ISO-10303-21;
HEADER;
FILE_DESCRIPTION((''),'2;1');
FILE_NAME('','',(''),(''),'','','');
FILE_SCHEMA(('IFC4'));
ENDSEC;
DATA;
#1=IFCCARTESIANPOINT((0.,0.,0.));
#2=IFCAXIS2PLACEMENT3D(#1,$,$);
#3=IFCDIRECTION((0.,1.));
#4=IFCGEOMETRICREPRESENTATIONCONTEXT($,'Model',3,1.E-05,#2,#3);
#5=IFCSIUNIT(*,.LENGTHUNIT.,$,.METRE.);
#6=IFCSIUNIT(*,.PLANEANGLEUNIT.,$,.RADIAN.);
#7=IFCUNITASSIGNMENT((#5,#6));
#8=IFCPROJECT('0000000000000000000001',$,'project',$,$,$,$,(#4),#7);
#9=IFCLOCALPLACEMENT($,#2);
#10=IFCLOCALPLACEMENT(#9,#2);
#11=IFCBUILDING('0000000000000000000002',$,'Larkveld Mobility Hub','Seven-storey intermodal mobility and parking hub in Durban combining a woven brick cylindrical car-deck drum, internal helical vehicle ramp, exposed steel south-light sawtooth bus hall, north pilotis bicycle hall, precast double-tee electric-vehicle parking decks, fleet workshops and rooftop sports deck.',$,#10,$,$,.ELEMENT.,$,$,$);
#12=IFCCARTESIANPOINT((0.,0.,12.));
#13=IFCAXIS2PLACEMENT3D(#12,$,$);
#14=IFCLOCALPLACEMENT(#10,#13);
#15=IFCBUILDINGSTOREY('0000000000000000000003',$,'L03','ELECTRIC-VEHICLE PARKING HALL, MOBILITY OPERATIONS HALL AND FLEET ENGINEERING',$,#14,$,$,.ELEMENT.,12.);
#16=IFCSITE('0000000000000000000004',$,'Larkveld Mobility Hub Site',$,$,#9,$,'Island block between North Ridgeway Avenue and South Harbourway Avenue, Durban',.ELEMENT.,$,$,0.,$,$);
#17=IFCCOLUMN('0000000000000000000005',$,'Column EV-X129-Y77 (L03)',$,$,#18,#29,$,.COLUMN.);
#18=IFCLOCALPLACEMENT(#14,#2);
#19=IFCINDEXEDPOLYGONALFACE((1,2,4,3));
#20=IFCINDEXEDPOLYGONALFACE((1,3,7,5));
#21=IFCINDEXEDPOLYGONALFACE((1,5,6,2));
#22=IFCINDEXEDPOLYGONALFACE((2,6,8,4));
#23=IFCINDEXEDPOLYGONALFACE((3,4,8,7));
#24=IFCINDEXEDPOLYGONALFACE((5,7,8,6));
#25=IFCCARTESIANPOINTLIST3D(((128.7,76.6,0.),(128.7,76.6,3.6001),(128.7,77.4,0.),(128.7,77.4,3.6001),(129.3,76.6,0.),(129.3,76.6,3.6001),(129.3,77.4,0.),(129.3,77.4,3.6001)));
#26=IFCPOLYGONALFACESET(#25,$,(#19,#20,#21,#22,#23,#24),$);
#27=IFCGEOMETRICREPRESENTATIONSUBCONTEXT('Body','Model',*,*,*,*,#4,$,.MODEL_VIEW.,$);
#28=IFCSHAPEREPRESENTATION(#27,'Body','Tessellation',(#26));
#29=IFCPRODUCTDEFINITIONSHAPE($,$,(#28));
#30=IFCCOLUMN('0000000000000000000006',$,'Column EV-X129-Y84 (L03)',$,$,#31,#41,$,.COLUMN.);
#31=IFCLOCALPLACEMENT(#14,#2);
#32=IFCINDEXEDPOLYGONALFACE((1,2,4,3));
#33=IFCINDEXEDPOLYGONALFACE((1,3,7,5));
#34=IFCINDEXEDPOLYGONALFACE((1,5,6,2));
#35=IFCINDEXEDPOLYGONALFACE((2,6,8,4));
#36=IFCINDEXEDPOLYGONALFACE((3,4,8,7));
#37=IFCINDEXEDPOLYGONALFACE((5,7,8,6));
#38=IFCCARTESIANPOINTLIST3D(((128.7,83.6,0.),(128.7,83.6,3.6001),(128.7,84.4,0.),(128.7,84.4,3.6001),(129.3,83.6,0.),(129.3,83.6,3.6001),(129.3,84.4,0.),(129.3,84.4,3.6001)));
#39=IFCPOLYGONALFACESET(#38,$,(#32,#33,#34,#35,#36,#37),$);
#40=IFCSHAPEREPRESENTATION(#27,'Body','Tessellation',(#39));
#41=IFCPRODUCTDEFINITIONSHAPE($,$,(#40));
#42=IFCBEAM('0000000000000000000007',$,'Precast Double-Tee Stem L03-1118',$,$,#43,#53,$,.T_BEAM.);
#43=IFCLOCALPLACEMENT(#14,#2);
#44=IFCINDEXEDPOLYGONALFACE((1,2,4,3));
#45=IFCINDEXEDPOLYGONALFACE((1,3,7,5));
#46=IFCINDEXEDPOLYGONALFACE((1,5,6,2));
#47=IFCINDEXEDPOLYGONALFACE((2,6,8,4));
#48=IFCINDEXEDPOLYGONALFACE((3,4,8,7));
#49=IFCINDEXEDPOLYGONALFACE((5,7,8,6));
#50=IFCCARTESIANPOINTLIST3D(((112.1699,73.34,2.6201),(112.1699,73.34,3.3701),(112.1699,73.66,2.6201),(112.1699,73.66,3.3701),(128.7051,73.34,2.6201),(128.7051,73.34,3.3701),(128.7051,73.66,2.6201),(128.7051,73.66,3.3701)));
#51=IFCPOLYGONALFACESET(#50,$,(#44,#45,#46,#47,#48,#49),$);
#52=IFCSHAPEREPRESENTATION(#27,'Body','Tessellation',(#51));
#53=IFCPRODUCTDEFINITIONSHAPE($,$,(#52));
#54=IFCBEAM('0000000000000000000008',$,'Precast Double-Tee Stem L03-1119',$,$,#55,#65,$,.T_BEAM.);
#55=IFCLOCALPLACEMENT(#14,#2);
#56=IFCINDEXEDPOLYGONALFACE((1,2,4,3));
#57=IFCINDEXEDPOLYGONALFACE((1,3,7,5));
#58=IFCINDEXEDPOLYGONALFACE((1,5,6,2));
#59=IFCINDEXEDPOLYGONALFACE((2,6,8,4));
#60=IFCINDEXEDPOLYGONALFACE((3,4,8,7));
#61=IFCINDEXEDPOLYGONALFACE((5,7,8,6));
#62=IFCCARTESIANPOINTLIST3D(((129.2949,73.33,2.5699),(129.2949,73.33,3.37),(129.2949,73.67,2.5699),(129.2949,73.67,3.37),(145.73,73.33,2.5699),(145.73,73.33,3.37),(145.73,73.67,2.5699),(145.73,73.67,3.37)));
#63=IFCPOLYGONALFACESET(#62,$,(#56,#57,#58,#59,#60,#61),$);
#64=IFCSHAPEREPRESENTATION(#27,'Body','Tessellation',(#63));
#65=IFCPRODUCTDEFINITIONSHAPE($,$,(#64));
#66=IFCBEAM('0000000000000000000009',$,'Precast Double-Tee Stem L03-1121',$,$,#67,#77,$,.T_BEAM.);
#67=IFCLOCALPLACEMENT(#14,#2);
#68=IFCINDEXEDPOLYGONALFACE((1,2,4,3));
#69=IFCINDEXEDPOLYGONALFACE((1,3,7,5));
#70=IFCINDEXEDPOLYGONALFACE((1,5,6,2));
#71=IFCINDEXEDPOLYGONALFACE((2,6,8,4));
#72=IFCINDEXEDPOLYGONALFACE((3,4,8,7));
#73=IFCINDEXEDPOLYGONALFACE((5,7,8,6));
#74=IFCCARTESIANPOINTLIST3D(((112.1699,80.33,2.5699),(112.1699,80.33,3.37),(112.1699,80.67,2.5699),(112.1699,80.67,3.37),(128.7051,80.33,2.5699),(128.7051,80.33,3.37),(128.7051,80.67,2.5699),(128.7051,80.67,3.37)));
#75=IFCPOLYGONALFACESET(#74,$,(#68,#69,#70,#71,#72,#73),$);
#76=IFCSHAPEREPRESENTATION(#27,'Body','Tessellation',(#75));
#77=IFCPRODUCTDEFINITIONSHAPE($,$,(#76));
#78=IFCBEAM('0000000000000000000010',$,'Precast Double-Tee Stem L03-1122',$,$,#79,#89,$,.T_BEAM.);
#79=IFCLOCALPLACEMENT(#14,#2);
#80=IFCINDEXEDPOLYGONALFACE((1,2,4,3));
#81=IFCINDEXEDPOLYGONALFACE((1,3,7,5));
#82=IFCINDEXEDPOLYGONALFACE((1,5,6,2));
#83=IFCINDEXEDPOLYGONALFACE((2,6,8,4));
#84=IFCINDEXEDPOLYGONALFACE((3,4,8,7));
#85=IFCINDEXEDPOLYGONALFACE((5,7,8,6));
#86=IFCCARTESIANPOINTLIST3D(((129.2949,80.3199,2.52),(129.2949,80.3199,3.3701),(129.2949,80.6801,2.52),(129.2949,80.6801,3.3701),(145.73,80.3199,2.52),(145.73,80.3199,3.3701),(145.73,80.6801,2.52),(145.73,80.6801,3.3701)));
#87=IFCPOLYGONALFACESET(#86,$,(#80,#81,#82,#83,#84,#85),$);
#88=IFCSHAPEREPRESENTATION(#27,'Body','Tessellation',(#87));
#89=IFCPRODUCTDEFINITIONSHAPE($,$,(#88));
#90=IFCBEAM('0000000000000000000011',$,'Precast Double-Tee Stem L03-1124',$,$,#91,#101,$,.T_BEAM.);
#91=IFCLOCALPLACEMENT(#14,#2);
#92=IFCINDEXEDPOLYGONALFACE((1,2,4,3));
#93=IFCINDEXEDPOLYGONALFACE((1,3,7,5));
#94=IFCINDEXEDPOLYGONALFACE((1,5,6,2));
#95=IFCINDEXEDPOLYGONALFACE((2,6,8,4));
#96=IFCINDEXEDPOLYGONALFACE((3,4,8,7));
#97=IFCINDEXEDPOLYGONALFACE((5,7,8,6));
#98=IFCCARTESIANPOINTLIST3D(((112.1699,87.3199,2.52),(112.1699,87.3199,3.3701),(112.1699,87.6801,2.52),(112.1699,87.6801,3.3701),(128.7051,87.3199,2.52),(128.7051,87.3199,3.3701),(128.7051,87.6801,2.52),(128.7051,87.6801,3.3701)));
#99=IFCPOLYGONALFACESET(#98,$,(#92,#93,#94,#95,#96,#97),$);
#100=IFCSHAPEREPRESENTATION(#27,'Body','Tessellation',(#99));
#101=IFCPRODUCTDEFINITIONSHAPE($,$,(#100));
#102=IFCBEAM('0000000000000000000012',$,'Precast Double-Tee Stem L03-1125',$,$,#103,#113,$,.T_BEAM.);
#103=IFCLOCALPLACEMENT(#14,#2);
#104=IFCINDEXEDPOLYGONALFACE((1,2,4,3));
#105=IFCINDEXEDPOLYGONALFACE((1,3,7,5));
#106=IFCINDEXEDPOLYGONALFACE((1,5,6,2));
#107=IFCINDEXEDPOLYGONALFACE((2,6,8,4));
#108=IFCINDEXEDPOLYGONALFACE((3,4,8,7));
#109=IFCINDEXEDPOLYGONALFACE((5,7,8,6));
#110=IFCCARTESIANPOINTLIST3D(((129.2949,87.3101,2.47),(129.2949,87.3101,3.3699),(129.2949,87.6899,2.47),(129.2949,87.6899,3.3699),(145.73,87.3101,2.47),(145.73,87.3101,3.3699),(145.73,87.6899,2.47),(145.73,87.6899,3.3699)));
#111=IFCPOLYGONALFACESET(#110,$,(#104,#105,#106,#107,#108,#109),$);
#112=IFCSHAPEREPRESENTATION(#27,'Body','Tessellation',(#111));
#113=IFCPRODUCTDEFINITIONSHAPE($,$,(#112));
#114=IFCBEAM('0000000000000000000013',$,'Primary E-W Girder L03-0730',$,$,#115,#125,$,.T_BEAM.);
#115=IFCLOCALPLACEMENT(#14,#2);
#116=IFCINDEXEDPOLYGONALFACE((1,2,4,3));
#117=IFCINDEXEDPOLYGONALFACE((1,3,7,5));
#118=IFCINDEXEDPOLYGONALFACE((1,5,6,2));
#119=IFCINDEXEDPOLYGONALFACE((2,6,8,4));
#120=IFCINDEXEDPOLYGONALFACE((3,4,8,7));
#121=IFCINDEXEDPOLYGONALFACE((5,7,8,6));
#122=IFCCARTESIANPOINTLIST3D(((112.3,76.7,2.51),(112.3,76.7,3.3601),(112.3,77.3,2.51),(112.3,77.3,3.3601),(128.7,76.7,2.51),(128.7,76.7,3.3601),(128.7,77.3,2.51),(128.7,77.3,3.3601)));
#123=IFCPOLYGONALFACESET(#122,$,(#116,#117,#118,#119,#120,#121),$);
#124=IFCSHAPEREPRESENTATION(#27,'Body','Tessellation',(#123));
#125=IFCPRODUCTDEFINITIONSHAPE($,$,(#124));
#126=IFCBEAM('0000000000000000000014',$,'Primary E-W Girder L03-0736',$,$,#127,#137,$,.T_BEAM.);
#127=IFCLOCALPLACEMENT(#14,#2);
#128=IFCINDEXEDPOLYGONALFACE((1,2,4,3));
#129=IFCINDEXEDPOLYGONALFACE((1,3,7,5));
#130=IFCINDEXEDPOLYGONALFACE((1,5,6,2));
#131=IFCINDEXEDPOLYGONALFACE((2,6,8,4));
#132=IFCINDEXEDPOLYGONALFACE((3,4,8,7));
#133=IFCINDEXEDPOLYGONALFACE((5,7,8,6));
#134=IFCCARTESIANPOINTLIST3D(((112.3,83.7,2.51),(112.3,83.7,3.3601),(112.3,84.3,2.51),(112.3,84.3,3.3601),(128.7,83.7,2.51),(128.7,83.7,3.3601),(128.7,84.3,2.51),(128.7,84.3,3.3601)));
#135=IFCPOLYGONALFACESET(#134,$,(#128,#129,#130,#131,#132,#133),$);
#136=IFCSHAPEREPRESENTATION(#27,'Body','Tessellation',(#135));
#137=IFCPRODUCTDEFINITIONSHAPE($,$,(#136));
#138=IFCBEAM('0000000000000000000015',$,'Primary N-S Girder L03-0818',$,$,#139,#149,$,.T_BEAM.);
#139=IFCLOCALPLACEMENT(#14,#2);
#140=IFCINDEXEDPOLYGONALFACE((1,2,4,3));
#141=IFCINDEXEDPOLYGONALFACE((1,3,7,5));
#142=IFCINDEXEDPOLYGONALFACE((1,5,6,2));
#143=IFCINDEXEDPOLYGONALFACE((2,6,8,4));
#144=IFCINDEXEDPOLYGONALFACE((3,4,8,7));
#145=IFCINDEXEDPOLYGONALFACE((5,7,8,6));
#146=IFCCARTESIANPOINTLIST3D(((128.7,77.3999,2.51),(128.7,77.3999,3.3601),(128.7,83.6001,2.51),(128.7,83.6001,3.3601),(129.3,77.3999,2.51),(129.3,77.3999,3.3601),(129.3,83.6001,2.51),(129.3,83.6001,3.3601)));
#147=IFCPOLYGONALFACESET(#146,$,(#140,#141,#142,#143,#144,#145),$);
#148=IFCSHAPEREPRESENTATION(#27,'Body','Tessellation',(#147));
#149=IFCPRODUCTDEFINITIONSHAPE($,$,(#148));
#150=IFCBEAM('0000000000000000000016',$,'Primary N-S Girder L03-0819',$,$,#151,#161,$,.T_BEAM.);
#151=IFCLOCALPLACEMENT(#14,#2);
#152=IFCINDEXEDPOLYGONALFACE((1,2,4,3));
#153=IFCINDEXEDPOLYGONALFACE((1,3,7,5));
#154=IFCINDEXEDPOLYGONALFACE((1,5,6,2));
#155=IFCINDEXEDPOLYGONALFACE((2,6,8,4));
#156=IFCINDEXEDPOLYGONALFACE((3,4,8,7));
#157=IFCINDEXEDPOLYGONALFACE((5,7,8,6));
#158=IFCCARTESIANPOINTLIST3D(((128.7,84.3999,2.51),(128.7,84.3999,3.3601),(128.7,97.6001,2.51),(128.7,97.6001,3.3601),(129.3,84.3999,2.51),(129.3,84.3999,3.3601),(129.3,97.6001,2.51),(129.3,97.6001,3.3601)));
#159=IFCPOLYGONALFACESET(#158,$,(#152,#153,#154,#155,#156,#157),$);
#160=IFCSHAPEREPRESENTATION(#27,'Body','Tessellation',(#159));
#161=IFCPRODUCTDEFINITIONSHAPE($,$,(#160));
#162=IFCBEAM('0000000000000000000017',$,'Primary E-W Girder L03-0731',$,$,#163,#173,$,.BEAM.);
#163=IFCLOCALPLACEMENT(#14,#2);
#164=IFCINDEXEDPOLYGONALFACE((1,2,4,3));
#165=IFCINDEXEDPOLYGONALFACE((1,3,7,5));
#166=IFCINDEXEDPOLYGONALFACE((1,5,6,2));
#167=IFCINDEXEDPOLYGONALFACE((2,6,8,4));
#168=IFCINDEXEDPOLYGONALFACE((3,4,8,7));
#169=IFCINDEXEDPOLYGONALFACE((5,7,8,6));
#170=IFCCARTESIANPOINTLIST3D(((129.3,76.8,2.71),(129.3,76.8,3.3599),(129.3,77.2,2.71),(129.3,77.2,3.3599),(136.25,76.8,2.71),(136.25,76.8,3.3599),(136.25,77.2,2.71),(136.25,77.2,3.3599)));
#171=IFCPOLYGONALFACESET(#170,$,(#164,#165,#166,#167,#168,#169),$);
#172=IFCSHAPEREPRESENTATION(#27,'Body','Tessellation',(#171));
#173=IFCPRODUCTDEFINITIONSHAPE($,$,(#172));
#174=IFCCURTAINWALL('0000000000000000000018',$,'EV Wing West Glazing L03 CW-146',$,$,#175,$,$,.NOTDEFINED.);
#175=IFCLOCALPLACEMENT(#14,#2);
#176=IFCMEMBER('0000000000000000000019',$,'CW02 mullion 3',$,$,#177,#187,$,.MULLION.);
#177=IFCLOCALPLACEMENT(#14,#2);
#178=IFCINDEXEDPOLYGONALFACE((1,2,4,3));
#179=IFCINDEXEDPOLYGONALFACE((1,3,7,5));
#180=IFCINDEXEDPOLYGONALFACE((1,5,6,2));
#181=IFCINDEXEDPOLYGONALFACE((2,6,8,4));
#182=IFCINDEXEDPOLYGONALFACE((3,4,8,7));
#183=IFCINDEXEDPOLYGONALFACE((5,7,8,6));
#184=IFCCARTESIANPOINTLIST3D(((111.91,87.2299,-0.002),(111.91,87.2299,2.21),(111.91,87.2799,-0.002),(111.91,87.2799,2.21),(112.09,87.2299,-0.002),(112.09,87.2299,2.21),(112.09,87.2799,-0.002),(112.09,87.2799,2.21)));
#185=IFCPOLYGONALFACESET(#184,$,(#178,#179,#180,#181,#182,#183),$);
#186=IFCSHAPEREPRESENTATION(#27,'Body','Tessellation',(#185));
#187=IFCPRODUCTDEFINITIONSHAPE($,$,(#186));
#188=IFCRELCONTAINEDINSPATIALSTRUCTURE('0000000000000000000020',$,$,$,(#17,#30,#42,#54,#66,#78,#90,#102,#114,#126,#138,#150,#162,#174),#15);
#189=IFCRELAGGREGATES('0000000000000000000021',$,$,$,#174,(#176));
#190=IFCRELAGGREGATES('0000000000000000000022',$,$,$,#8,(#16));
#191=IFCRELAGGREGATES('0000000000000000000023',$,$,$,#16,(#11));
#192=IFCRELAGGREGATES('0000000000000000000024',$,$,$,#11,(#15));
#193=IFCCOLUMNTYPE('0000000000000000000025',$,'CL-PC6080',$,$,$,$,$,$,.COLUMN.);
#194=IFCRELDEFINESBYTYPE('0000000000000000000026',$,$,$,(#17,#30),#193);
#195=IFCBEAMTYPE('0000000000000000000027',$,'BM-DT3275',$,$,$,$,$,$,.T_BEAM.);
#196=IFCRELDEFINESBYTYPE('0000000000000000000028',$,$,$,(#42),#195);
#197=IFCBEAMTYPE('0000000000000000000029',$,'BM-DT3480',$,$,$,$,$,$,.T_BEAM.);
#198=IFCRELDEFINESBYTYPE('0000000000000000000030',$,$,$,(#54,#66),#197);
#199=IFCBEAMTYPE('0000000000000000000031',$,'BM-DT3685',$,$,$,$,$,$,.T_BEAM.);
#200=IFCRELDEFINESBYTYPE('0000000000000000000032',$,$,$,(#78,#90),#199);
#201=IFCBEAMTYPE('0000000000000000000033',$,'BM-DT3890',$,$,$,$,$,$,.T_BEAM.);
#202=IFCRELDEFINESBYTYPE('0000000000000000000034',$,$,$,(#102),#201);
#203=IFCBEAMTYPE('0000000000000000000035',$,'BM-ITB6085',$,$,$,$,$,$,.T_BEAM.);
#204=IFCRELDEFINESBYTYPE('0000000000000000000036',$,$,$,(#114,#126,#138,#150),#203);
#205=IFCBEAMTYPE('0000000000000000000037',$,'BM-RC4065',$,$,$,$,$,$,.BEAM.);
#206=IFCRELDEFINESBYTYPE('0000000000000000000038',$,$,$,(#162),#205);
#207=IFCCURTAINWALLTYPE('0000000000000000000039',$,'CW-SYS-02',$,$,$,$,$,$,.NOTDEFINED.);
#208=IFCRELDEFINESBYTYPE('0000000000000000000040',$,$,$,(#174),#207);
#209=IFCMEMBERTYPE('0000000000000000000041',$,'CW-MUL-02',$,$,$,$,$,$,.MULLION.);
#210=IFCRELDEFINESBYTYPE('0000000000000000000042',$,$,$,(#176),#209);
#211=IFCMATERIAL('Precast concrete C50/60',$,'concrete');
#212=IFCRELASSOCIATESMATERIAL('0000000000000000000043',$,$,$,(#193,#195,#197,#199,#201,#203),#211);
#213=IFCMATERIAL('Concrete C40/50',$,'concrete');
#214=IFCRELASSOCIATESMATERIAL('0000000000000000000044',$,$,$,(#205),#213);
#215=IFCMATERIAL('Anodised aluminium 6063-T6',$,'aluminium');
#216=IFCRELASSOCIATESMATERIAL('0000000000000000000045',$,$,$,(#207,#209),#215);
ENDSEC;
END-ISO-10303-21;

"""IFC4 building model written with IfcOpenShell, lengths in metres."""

from ifc_helpers import new_model, si_unit, direction, frame, origin, origin_2d, place, context, subcontext, project, spatial, rectangle, extrude, material, material_profile, profile_set, type_object, element, aggregate, save


model = new_model("IFC4")

# Units and contexts
model_context = context("Model", 3, precision=1e-05, world=origin(), true_north=direction((0.0, 1.0)))
body_context = subcontext(model_context, "Body", "Model", "MODEL_VIEW")
ifc_project = project(units=[si_unit("LENGTHUNIT", "METRE"), si_unit("PLANEANGLEUNIT", "RADIAN")], contexts=[model_context])

# Site, building, storey
site_placement = place(None, origin())
site = spatial("IfcSite", under=ifc_project, at=site_placement, Name="Larkveld Mobility Hub Site", LongName="Island block between North Ridgeway Avenue and South Harbourway Avenue, Durban", CompositionType="ELEMENT", RefElevation=0.0)
building_placement = place(site_placement, origin())
building = spatial("IfcBuilding", under=site, at=building_placement, Name="Larkveld Mobility Hub", Description="Seven-storey intermodal mobility and parking hub in Durban combining a woven brick cylindrical car-deck drum, internal helical vehicle ramp, exposed steel south-light sawtooth bus hall, north pilotis bicycle hall, precast double-tee electric-vehicle parking decks, fleet workshops and rooftop sports deck.", CompositionType="ELEMENT")
storey_placement = place(building_placement, frame((0.0, 0.0, 12.0)))
storey = spatial("IfcBuildingStorey", under=building, at=storey_placement, Name="L03", Description="ELECTRIC-VEHICLE PARKING HALL, MOBILITY OPERATIONS HALL AND FLEET ENGINEERING", CompositionType="ELEMENT", Elevation=12.0)

# Columns
ifc_material_1 = material(Name="Precast concrete C50/60", Category="concrete")
ifc_material_profile_1 = material_profile(ifc_material_1, rectangle(XDim=0.6001, YDim=0.8, at=origin_2d()), Name="RC COL 600x800")
ifc_profile_set_1 = profile_set([ifc_material_profile_1], Name="Precast concrete C50/60")
column_type = type_object("IfcColumnType", Name="CL-PC6080", PredefinedType="COLUMN", material=ifc_profile_set_1)
for number, where, z_axis, x_axis, name in (
    (1, (129.0, 77.0, 0.0), (0.0, 0.0, 1.0), (1.0, 0.0, 0.0), "Column EV-X129-Y77 (L03)"),
    (2, (129.0, 84.0, 0.0), (0.0, 0.0, 1.0), (1.0, 0.0, 0.0), "Column EV-X129-Y84 (L03)"),
):
    element("IfcColumn", number, at=place(storey_placement, frame(where, z_axis=z_axis, x_axis=x_axis)), inside=storey, type_object=column_type, Name=name, PredefinedType="COLUMN", context=body_context, shape_type="SweptSolid", body=[
        extrude(rectangle(XDim=0.6001, YDim=0.8, at=origin_2d()), origin(), (0.0, 0.0, 1.0), 3.6001),
    ])

# Beams
ifc_material_profile_2 = material_profile(ifc_material_1, rectangle(XDim=0.3201, YDim=0.75, at=origin_2d()), Name="PC DT 320x750")
ifc_profile_set_2 = profile_set([ifc_material_profile_2], Name="Precast concrete C50/60")
beam_type_1 = type_object("IfcBeamType", Name="BM-DT3275", PredefinedType="T_BEAM", material=ifc_profile_set_2)
beam_1_placement = place(storey_placement, frame((112.1699, 73.5, 2.9951), z_axis=(1.0, 0.0, 0.0), x_axis=(0.0, 1.0, 0.0)))
element("IfcBeam", 3, at=beam_1_placement, inside=storey, type_object=beam_type_1, Name="Precast Double-Tee Stem L03-1118", PredefinedType="T_BEAM", context=body_context, shape_type="SweptSolid", body=[
    extrude(rectangle(XDim=0.3201, YDim=0.75, at=origin_2d()), origin(), (0.0, 0.0, 1.0), 16.5352),
])
ifc_material_profile_3 = material_profile(ifc_material_1, rectangle(XDim=0.3401, YDim=0.8, at=origin_2d()), Name="PC DT 340x800")
ifc_profile_set_3 = profile_set([ifc_material_profile_3], Name="Precast concrete C50/60")
beam_type_2 = type_object("IfcBeamType", Name="BM-DT3480", PredefinedType="T_BEAM", material=ifc_profile_set_3)
beam_2_placement = place(storey_placement, frame((129.2949, 73.5, 2.97), z_axis=(1.0, 0.0, 0.0), x_axis=(0.0, 1.0, 0.0)))
element("IfcBeam", 4, at=beam_2_placement, inside=storey, type_object=beam_type_2, Name="Precast Double-Tee Stem L03-1119", PredefinedType="T_BEAM", context=body_context, shape_type="SweptSolid", body=[
    extrude(rectangle(XDim=0.3401, YDim=0.8, at=origin_2d()), origin(), (0.0, 0.0, 1.0), 16.4351),
])
beam_3_placement = place(storey_placement, frame((112.1699, 80.5, 2.97), z_axis=(1.0, 0.0, 0.0), x_axis=(0.0, 1.0, 0.0)))
element("IfcBeam", 5, at=beam_3_placement, inside=storey, type_object=beam_type_2, Name="Precast Double-Tee Stem L03-1121", PredefinedType="T_BEAM", context=body_context, shape_type="SweptSolid", body=[
    extrude(rectangle(XDim=0.3401, YDim=0.8, at=origin_2d()), origin(), (0.0, 0.0, 1.0), 16.5352),
])
ifc_material_profile_4 = material_profile(ifc_material_1, rectangle(XDim=0.3601, YDim=0.8501, at=origin_2d()), Name="PC DT 360x850")
ifc_profile_set_4 = profile_set([ifc_material_profile_4], Name="Precast concrete C50/60")
beam_type_3 = type_object("IfcBeamType", Name="BM-DT3685", PredefinedType="T_BEAM", material=ifc_profile_set_4)
beam_4_placement = place(storey_placement, frame((129.2949, 80.5, 2.9451), z_axis=(1.0, 0.0, 0.0), x_axis=(0.0, 1.0, 0.0)))
element("IfcBeam", 6, at=beam_4_placement, inside=storey, type_object=beam_type_3, Name="Precast Double-Tee Stem L03-1122", PredefinedType="T_BEAM", context=body_context, shape_type="SweptSolid", body=[
    extrude(rectangle(XDim=0.3601, YDim=0.8501, at=origin_2d()), origin(), (0.0, 0.0, 1.0), 16.4351),
])
beam_5_placement = place(storey_placement, frame((112.1699, 87.5, 2.9451), z_axis=(1.0, 0.0, 0.0), x_axis=(0.0, 1.0, 0.0)))
element("IfcBeam", 7, at=beam_5_placement, inside=storey, type_object=beam_type_3, Name="Precast Double-Tee Stem L03-1124", PredefinedType="T_BEAM", context=body_context, shape_type="SweptSolid", body=[
    extrude(rectangle(XDim=0.3601, YDim=0.8501, at=origin_2d()), origin(), (0.0, 0.0, 1.0), 16.5352),
])
ifc_material_profile_5 = material_profile(ifc_material_1, rectangle(XDim=0.3799, YDim=0.8999, at=origin_2d()), Name="PC DT 380x900")
ifc_profile_set_5 = profile_set([ifc_material_profile_5], Name="Precast concrete C50/60")
beam_type_4 = type_object("IfcBeamType", Name="BM-DT3890", PredefinedType="T_BEAM", material=ifc_profile_set_5)
beam_6_placement = place(storey_placement, frame((129.2949, 87.5, 2.9199), z_axis=(1.0, 0.0, 0.0), x_axis=(0.0, 1.0, 0.0)))
element("IfcBeam", 8, at=beam_6_placement, inside=storey, type_object=beam_type_4, Name="Precast Double-Tee Stem L03-1125", PredefinedType="T_BEAM", context=body_context, shape_type="SweptSolid", body=[
    extrude(rectangle(XDim=0.3799, YDim=0.8999, at=origin_2d()), origin(), (0.0, 0.0, 1.0), 16.4351),
])
ifc_material_profile_6 = material_profile(ifc_material_1, rectangle(XDim=0.6001, YDim=0.8501, at=origin_2d()), Name="PC ITB 600x850")
ifc_profile_set_6 = profile_set([ifc_material_profile_6], Name="Precast concrete C50/60")
beam_type_5 = type_object("IfcBeamType", Name="BM-ITB6085", PredefinedType="T_BEAM", material=ifc_profile_set_6)
for number, where, z_axis, x_axis, name in (
    (9, (112.3, 77.0, 2.9351), (1.0, 0.0, 0.0), (0.0, 1.0, 0.0), "Primary E-W Girder L03-0730"),
    (10, (112.3, 84.0, 2.9351), (1.0, 0.0, 0.0), (0.0, 1.0, 0.0), "Primary E-W Girder L03-0736"),
):
    element("IfcBeam", number, at=place(storey_placement, frame(where, z_axis=z_axis, x_axis=x_axis)), inside=storey, type_object=beam_type_5, Name=name, PredefinedType="T_BEAM", context=body_context, shape_type="SweptSolid", body=[
        extrude(rectangle(XDim=0.6001, YDim=0.8501, at=origin_2d()), origin(), (0.0, 0.0, 1.0), 16.3999),
    ])
beam_7_placement = place(storey_placement, frame((129.0, 77.3999, 2.9351), z_axis=(0.0, 1.0, 0.0), x_axis=(-1.0, 0.0, 0.0)))
element("IfcBeam", 11, at=beam_7_placement, inside=storey, type_object=beam_type_5, Name="Primary N-S Girder L03-0818", PredefinedType="T_BEAM", context=body_context, shape_type="SweptSolid", body=[
    extrude(rectangle(XDim=0.6001, YDim=0.8501, at=origin_2d()), origin(), (0.0, 0.0, 1.0), 6.2002),
])
beam_8_placement = place(storey_placement, frame((129.0, 84.3999, 2.9351), z_axis=(0.0, 1.0, 0.0), x_axis=(-1.0, 0.0, 0.0)))
element("IfcBeam", 12, at=beam_8_placement, inside=storey, type_object=beam_type_5, Name="Primary N-S Girder L03-0819", PredefinedType="T_BEAM", context=body_context, shape_type="SweptSolid", body=[
    extrude(rectangle(XDim=0.6001, YDim=0.8501, at=origin_2d()), origin(), (0.0, 0.0, 1.0), 13.2002),
])
ifc_material_2 = material(Name="Concrete C40/50", Category="concrete")
ifc_material_profile_7 = material_profile(ifc_material_2, rectangle(XDim=0.3999, YDim=0.6499, at=origin_2d()), Name="RC BM 400x650")
ifc_profile_set_7 = profile_set([ifc_material_profile_7], Name="Concrete C40/50")
beam_type_6 = type_object("IfcBeamType", Name="BM-RC4065", PredefinedType="BEAM", material=ifc_profile_set_7)
beam_9_placement = place(storey_placement, frame((129.3, 77.0, 3.0349), z_axis=(1.0, 0.0, 0.0), x_axis=(0.0, 1.0, 0.0)))
element("IfcBeam", 13, at=beam_9_placement, inside=storey, type_object=beam_type_6, Name="Primary E-W Girder L03-0731", PredefinedType="BEAM", context=body_context, shape_type="SweptSolid", body=[
    extrude(rectangle(XDim=0.3999, YDim=0.6499, at=origin_2d()), origin(), (0.0, 0.0, 1.0), 6.95),
])

# Curtain wall, member
ifc_material_3 = material(Name="Anodised aluminium 6063-T6", Category="aluminium")
curtain_wall_type = type_object("IfcCurtainWallType", Name="CW-SYS-02", PredefinedType="NOTDEFINED", material=ifc_material_3)
curtain_wall_placement = place(storey_placement, origin())
curtain_wall = element("IfcCurtainWall", 14, at=curtain_wall_placement, inside=storey, type_object=curtain_wall_type, Name="EV Wing West Glazing L03 CW-146", PredefinedType="NOTDEFINED")
ifc_material_profile_8 = material_profile(ifc_material_3, rectangle(XDim=0.05, YDim=0.1799, at=origin_2d()), Name="ALU MULL 50x180")
ifc_profile_set_8 = profile_set([ifc_material_profile_8], Name="Anodised aluminium 6063-T6")
member_type_1 = type_object("IfcMemberType", Name="CW-MUL-02", PredefinedType="MULLION", material=ifc_profile_set_8)
member_1_placement = place(storey_placement, frame((112.0, 87.2549, -0.002), z_axis=(0.0, 0.0, 1.0), x_axis=(0.0, -1.0, 0.0)))
member_1 = element("IfcMember", 15, at=member_1_placement, type_object=member_type_1, Name="CW02 mullion 3", PredefinedType="MULLION", context=body_context, shape_type="SweptSolid", body=[
    extrude(rectangle(XDim=0.05, YDim=0.1799, at=origin_2d()), origin(), (0.0, 0.0, 1.0), 2.2119),
])
aggregate(curtain_wall, [member_1])

save(model, "model.ifc")
